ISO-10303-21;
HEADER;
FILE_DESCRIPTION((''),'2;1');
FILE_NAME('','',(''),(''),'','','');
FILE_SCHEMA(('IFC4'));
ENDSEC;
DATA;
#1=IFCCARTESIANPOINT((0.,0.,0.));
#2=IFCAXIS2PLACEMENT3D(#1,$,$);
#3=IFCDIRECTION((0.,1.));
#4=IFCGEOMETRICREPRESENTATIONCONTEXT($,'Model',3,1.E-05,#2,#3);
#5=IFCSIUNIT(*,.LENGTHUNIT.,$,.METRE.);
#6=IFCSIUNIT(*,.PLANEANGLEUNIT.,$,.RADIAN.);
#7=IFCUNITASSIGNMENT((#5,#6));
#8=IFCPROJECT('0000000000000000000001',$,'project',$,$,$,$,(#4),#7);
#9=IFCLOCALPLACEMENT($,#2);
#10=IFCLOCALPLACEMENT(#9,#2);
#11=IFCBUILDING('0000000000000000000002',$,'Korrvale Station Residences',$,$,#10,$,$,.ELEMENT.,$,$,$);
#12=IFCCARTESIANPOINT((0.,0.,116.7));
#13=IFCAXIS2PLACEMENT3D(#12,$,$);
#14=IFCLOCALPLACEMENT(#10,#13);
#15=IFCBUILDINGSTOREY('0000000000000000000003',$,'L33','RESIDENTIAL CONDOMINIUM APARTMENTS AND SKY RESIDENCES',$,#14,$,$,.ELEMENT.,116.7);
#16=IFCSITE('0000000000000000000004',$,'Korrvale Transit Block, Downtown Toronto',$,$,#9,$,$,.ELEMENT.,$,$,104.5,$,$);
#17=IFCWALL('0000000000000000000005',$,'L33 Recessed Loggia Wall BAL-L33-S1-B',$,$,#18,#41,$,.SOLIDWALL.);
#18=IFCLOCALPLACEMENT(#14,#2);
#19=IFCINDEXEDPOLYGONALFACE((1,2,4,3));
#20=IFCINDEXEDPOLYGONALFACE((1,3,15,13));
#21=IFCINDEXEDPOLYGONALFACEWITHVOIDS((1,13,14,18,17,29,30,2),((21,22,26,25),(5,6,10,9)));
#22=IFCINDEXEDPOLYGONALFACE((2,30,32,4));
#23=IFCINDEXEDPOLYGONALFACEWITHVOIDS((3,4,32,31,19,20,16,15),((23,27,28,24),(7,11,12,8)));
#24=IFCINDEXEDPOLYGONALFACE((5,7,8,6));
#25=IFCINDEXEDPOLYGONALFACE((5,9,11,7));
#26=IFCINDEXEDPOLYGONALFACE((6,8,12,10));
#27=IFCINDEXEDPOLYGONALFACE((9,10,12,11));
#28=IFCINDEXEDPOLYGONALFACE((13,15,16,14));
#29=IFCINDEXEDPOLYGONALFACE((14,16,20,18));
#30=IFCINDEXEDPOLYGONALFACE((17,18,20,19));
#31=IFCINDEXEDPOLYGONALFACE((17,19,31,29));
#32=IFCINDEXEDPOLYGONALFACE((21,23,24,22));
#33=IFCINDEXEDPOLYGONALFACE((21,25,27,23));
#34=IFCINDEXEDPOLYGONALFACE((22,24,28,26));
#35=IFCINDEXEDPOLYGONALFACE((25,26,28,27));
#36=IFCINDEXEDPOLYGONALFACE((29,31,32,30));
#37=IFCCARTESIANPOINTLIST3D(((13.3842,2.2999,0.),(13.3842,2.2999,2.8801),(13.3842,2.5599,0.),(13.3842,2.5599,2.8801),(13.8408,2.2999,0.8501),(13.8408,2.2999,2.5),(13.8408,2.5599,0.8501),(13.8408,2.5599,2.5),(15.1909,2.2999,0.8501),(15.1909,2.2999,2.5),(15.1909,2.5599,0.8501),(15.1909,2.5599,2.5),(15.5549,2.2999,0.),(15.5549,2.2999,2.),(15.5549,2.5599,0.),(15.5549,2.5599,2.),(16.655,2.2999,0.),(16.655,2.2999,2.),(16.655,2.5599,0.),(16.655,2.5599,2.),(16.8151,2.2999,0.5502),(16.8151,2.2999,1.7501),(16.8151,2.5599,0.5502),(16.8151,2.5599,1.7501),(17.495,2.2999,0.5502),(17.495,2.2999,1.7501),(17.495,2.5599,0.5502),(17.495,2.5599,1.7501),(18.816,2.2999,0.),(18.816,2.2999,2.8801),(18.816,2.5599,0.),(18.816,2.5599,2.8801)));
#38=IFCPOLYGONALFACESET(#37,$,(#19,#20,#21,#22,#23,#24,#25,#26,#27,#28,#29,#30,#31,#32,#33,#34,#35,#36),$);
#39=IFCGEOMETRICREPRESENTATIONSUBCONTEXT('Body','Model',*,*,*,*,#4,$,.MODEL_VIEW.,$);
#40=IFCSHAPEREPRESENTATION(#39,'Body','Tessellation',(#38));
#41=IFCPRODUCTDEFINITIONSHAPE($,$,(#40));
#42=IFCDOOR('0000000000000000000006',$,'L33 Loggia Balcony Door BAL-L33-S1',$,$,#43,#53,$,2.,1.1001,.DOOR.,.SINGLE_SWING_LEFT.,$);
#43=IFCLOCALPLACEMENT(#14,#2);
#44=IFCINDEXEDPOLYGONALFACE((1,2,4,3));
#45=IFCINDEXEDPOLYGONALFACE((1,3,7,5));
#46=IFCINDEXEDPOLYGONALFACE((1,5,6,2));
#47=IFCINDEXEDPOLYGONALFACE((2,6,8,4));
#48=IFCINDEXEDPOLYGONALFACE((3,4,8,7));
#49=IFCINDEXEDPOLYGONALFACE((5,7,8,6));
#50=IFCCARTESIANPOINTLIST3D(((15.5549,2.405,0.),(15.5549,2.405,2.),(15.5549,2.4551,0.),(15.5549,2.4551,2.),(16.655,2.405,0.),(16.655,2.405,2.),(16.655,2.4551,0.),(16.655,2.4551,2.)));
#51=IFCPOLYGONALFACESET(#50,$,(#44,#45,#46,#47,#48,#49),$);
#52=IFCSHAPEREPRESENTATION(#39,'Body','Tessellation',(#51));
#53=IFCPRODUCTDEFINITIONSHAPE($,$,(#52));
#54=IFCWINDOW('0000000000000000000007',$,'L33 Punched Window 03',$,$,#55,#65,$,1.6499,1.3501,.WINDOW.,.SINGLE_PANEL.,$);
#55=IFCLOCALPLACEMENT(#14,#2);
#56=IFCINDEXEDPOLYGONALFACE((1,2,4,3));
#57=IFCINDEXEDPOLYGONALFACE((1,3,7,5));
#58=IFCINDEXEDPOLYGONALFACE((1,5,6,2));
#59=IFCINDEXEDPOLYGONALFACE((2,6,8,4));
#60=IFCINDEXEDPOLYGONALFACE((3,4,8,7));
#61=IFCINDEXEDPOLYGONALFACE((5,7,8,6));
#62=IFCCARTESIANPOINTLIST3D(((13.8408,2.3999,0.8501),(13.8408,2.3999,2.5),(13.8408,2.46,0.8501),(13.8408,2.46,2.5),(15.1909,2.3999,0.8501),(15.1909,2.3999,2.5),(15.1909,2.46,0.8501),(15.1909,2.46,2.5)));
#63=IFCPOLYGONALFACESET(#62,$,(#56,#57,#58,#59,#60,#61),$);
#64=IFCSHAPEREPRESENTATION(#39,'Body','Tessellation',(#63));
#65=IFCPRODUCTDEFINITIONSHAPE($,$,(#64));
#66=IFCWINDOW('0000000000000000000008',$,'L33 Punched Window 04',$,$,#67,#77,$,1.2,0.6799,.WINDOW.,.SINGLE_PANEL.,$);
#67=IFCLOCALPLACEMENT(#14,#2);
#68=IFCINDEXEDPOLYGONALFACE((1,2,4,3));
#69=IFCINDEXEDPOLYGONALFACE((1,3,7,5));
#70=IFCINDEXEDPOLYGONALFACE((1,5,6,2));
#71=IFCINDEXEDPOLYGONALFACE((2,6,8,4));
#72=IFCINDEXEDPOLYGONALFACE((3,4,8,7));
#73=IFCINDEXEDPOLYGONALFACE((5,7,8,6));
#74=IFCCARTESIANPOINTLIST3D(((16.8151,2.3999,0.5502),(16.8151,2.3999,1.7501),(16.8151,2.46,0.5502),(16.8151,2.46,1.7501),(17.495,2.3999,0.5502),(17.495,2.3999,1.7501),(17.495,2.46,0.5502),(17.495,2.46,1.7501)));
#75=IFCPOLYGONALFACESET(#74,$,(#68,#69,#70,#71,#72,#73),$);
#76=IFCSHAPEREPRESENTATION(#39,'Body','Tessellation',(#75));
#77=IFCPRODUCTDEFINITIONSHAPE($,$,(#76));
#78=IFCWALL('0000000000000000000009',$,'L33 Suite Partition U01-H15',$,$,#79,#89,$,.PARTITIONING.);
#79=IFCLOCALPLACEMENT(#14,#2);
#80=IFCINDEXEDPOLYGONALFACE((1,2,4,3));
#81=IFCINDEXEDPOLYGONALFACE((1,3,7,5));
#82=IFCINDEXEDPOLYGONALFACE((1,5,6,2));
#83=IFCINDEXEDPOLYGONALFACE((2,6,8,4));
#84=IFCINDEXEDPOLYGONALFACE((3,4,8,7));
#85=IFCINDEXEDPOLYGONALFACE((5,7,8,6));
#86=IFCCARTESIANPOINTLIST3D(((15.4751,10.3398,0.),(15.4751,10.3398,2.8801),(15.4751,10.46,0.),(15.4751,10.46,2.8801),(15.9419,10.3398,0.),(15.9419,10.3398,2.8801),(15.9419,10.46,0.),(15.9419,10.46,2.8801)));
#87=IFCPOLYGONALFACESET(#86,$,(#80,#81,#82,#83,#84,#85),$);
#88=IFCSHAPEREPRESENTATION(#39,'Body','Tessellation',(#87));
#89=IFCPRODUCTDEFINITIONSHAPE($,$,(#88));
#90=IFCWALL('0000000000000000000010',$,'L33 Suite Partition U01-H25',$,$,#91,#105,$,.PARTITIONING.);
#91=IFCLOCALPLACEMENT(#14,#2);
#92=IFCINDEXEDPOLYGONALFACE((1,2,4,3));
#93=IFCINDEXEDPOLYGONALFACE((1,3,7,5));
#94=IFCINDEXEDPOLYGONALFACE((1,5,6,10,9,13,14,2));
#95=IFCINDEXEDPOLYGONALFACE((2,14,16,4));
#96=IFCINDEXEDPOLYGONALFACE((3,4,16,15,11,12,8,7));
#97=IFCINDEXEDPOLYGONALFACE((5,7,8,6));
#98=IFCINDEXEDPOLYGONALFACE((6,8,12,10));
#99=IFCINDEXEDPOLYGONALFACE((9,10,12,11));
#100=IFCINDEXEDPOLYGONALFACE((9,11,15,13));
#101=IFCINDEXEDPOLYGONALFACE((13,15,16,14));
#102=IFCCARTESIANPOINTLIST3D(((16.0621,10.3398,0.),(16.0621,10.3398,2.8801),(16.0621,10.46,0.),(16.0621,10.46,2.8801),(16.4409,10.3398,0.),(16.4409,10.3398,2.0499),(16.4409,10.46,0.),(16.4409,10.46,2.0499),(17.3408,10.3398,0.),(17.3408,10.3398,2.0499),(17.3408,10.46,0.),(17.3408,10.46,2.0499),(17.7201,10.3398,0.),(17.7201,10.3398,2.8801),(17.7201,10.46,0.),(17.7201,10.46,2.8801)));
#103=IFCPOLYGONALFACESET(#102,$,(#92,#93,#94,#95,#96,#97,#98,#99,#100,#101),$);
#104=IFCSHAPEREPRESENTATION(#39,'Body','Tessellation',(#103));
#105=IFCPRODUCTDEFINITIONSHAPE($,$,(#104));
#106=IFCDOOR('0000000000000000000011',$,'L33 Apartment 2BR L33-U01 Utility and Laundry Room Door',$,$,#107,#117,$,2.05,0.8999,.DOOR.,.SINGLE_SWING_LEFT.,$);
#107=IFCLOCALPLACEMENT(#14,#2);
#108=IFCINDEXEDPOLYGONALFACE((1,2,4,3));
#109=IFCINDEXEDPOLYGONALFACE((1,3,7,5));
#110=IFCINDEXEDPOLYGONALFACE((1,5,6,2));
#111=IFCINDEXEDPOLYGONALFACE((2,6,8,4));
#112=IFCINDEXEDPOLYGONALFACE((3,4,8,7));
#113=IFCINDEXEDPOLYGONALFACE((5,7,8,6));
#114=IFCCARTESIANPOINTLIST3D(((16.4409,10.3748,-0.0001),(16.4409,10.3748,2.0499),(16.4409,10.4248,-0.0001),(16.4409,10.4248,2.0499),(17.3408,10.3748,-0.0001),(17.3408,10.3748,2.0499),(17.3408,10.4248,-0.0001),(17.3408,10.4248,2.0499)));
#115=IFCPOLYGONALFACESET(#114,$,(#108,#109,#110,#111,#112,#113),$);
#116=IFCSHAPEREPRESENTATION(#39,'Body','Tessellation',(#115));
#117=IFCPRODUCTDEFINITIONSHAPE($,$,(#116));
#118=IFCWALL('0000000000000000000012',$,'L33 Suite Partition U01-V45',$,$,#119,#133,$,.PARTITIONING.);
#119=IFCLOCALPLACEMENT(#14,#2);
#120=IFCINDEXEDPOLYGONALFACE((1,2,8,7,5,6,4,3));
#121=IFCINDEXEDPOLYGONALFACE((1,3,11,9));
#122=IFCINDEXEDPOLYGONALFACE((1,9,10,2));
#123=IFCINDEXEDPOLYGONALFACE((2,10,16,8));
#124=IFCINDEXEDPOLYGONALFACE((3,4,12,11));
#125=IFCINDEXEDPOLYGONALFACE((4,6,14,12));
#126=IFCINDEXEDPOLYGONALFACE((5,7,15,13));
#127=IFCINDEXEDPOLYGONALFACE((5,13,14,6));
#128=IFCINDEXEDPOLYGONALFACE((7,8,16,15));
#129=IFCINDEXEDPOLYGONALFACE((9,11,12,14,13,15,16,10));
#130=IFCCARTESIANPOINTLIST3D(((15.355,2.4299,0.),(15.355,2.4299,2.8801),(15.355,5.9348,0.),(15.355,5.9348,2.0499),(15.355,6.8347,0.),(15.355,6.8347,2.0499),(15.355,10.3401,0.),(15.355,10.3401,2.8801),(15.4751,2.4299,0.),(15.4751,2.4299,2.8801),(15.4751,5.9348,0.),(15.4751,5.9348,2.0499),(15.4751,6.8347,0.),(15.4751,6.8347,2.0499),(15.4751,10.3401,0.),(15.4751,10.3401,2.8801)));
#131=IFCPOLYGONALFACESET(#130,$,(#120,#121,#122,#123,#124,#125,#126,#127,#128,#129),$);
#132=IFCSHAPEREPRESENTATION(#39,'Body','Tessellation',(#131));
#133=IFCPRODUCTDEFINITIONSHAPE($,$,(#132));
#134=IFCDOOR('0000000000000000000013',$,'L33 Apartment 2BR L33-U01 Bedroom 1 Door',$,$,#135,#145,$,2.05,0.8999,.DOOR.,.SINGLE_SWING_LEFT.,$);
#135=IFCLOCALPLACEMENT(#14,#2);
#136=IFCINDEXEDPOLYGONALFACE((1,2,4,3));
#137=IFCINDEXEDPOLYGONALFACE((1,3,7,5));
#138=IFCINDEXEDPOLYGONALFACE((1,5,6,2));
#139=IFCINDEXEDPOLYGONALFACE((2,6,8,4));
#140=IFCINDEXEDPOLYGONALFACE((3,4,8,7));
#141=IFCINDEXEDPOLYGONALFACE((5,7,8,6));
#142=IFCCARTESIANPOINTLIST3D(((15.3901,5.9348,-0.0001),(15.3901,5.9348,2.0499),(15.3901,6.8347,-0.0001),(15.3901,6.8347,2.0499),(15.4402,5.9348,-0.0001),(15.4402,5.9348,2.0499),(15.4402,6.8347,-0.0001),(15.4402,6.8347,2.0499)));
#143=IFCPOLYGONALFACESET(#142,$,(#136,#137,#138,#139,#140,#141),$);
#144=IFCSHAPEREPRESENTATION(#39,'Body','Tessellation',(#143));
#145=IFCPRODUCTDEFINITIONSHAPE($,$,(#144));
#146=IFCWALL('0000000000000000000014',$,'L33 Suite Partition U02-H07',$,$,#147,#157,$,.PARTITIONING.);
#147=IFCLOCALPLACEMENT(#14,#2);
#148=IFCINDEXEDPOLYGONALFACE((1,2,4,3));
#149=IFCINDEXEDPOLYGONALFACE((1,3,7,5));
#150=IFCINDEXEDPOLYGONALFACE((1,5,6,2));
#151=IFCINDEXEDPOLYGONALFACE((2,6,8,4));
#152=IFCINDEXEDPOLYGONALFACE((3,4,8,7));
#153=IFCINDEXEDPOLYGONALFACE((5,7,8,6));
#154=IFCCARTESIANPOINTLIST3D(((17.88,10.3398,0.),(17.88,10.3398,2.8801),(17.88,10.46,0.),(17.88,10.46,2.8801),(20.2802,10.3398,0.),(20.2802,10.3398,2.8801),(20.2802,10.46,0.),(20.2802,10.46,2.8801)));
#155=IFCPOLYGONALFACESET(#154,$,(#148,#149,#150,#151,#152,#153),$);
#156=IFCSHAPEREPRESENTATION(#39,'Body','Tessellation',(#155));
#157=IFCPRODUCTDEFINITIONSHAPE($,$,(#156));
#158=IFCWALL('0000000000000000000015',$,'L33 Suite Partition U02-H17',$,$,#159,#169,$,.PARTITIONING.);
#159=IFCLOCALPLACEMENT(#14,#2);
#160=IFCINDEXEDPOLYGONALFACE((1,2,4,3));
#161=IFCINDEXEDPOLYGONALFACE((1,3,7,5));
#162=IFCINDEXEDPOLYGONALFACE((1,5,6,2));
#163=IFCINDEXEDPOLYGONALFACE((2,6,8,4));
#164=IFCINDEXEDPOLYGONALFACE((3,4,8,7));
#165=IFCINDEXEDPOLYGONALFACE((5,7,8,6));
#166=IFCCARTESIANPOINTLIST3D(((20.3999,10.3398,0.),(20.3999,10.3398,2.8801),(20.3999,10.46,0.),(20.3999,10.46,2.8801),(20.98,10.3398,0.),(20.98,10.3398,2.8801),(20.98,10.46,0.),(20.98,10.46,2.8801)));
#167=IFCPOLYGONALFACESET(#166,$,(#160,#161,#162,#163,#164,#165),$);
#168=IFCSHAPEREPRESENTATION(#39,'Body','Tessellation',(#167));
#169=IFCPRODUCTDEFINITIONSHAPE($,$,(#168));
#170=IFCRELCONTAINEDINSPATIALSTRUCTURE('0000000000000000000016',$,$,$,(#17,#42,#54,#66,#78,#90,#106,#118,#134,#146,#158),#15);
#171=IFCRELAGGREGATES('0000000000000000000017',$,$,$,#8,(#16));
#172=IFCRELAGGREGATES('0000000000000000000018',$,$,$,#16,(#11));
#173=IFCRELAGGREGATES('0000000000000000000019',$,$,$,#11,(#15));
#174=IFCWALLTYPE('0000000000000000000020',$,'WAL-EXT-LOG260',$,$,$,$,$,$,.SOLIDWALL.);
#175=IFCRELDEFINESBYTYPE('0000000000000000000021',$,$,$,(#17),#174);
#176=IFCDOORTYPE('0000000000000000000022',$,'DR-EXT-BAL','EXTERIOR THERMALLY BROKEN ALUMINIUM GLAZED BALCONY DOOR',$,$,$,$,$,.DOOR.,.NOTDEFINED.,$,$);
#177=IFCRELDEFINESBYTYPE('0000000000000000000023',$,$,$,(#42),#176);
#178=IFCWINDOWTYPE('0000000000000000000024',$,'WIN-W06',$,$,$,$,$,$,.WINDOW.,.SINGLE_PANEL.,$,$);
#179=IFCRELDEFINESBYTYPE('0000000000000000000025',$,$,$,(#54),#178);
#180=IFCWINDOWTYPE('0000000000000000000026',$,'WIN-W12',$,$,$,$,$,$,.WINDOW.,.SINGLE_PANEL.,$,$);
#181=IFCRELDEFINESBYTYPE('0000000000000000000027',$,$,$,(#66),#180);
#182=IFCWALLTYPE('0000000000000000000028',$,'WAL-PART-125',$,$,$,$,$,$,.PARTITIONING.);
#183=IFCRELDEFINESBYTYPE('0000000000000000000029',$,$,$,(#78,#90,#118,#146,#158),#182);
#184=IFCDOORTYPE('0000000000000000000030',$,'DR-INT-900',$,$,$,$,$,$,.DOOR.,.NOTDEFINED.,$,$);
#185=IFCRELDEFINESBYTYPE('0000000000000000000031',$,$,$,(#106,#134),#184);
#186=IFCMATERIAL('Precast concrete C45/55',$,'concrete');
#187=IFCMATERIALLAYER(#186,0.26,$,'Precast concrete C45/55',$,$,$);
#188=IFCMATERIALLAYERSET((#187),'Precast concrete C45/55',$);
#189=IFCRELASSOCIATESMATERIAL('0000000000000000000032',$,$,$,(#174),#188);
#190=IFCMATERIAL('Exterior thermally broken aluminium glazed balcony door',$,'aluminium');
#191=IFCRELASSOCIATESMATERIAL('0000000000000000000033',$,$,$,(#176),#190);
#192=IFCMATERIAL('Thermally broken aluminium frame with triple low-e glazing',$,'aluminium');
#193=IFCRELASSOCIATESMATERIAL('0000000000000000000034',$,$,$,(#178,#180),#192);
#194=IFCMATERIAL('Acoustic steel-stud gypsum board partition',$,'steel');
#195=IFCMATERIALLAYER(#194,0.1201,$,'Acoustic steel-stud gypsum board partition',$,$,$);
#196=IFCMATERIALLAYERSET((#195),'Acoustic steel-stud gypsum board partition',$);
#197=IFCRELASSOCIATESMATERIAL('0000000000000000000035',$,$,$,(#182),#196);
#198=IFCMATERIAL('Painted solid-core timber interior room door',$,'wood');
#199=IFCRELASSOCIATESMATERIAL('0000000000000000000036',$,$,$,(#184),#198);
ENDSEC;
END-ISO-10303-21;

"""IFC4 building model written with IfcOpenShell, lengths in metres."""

from ifc_helpers import new_model, si_unit, direction, frame, frame_2d, origin, place, context, subcontext, project, spatial, rectangle, extrude, material, layer, layer_set, type_object, element, fill, save


model = new_model("IFC4")

# Units and contexts
model_context = context("Model", 3, precision=1e-05, world=origin(), true_north=direction((0.0, 1.0)))
body_context = subcontext(model_context, "Body", "Model", "MODEL_VIEW")
ifc_project = project(units=[si_unit("LENGTHUNIT", "METRE"), si_unit("PLANEANGLEUNIT", "RADIAN")], contexts=[model_context])

# Site, building, storey
site_placement = place(None, origin())
site = spatial("IfcSite", under=ifc_project, at=site_placement, Name="Korrvale Transit Block, Downtown Toronto", CompositionType="ELEMENT", RefElevation=104.5)
building_placement = place(site_placement, origin())
building = spatial("IfcBuilding", under=site, at=building_placement, Name="Korrvale Station Residences", CompositionType="ELEMENT")
storey_placement = place(building_placement, frame((0.0, 0.0, 116.7)))
storey = spatial("IfcBuildingStorey", under=building, at=storey_placement, Name="L33", Description="RESIDENTIAL CONDOMINIUM APARTMENTS AND SKY RESIDENCES", CompositionType="ELEMENT", Elevation=116.7)

# Shared definitions
ifc_material_1 = material(Name="Precast concrete C45/55", Category="concrete")
ifc_layer_1 = layer(ifc_material_1, 0.26, Name="Precast concrete C45/55")
ifc_layer_set_1 = layer_set([ifc_layer_1], Name="Precast concrete C45/55")
wall_type_1 = type_object("IfcWallType", Name="WAL-EXT-LOG260", PredefinedType="SOLIDWALL", material=ifc_layer_set_1)

# Wall, openings, door, windows
wall_1_placement = place(storey_placement, frame((18.8159, 2.4299, 0.0), z_axis=(0.0, 0.0, 1.0), x_axis=(-1.0, 0.0, 0.0)))
wall_1 = element("IfcWall", 1, at=wall_1_placement, inside=storey, type_object=wall_type_1, Name="L33 Recessed Loggia Wall BAL-L33-S1-B", PredefinedType="SOLIDWALL", context=body_context, shape_type="SweptSolid", body=[
    extrude(rectangle(XDim=5.4319, YDim=0.26, at=frame_2d((2.7158, 0.0))), origin(), (0.0, 0.0, 1.0), 2.8801),
])
opening_1_placement = place(wall_1_placement, frame((2.1609, 0.0, 0.0)))
opening_1 = element("IfcOpeningElement", 2, at=opening_1_placement, cuts=wall_1, PredefinedType="OPENING", context=body_context, shape_type="SweptSolid", body=[
    extrude(rectangle(XDim=1.1001, YDim=2.0, at=frame_2d((0.55, 1.0))), frame((0.0, 0.1401, 0.0), z_axis=(0.0, -1.0, 0.0), x_axis=(1.0, 0.0, 0.0)), (0.0, 0.0, 1.0), 0.28),
])
opening_2_placement = place(wall_1_placement, frame((3.625, 0.0, 0.8501)))
opening_2 = element("IfcOpeningElement", 3, at=opening_2_placement, cuts=wall_1, PredefinedType="OPENING", context=body_context, shape_type="SweptSolid", body=[
    extrude(rectangle(XDim=1.3501, YDim=1.6499, at=frame_2d((0.675, 0.825))), frame((0.0, 0.1401, 0.0), z_axis=(0.0, -1.0, 0.0), x_axis=(1.0, 0.0, 0.0)), (0.0, 0.0, 1.0), 0.28),
])
opening_3_placement = place(wall_1_placement, frame((1.321, 0.0, 0.55)))
opening_3 = element("IfcOpeningElement", 4, at=opening_3_placement, cuts=wall_1, PredefinedType="OPENING", context=body_context, shape_type="SweptSolid", body=[
    extrude(rectangle(XDim=0.6799, YDim=1.2, at=frame_2d((0.3398, 0.6001))), frame((0.0, 0.1401, 0.0), z_axis=(0.0, -1.0, 0.0), x_axis=(1.0, 0.0, 0.0)), (0.0, 0.0, 1.0), 0.28),
])
ifc_material_2 = material(Name="Exterior thermally broken aluminium glazed balcony door", Category="aluminium")
door_type_1 = type_object("IfcDoorType", Name="DR-EXT-BAL", Description="EXTERIOR THERMALLY BROKEN ALUMINIUM GLAZED BALCONY DOOR", OperationType="NOTDEFINED", PredefinedType="DOOR", material=ifc_material_2)
door_1_placement = place(opening_1_placement, origin())
door_1 = element("IfcDoor", 5, at=door_1_placement, inside=storey, type_object=door_type_1, Name="L33 Loggia Balcony Door BAL-L33-S1", OperationType="SINGLE_SWING_LEFT", OverallHeight=2.0, OverallWidth=1.1001, PredefinedType="DOOR", context=body_context, shape_type="SweptSolid", body=[
    extrude(rectangle(XDim=1.1001, YDim=2.0, at=frame_2d((0.55, 1.0))), frame((0.0, 0.0249, 0.0), z_axis=(0.0, -1.0, 0.0), x_axis=(1.0, 0.0, 0.0)), (0.0, 0.0, 1.0), 0.05),
])
fill(opening_1, door_1)
ifc_material_3 = material(Name="Thermally broken aluminium frame with triple low-e glazing", Category="aluminium")
window_type_1 = type_object("IfcWindowType", Name="WIN-W06", PartitioningType="SINGLE_PANEL", PredefinedType="WINDOW", material=ifc_material_3)
window_1_placement = place(opening_2_placement, origin())
window_1 = element("IfcWindow", 6, at=window_1_placement, inside=storey, type_object=window_type_1, Name="L33 Punched Window 03", OverallHeight=1.6499, OverallWidth=1.3501, PartitioningType="SINGLE_PANEL", PredefinedType="WINDOW", context=body_context, shape_type="SweptSolid", body=[
    extrude(rectangle(XDim=1.3501, YDim=1.6499, at=frame_2d((0.675, 0.825))), frame((0.0, 0.03, 0.0), z_axis=(0.0, -1.0, 0.0), x_axis=(1.0, 0.0, 0.0)), (0.0, 0.0, 1.0), 0.0601),
])
fill(opening_2, window_1)
window_type_2 = type_object("IfcWindowType", Name="WIN-W12", PartitioningType="SINGLE_PANEL", PredefinedType="WINDOW", material=ifc_material_3)
window_2_placement = place(opening_3_placement, origin())
window_2 = element("IfcWindow", 7, at=window_2_placement, inside=storey, type_object=window_type_2, Name="L33 Punched Window 04", OverallHeight=1.2, OverallWidth=0.6799, PartitioningType="SINGLE_PANEL", PredefinedType="WINDOW", context=body_context, shape_type="SweptSolid", body=[
    extrude(rectangle(XDim=0.6799, YDim=1.2, at=frame_2d((0.3398, 0.6001))), frame((0.0, 0.03, 0.0), z_axis=(0.0, -1.0, 0.0), x_axis=(1.0, 0.0, 0.0)), (0.0, 0.0, 1.0), 0.0601),
])
fill(opening_3, window_2)

# Wall
ifc_material_4 = material(Name="Acoustic steel-stud gypsum board partition", Category="steel")
ifc_layer_2 = layer(ifc_material_4, 0.1201, Name="Acoustic steel-stud gypsum board partition")
ifc_layer_set_2 = layer_set([ifc_layer_2], Name="Acoustic steel-stud gypsum board partition")
wall_type_2 = type_object("IfcWallType", Name="WAL-PART-125", PredefinedType="PARTITIONING", material=ifc_layer_set_2)
wall_2_placement = place(storey_placement, frame((15.4751, 10.3999, 0.0), z_axis=(0.0, 0.0, 1.0), x_axis=(1.0, 0.0, 0.0)))
element("IfcWall", 8, at=wall_2_placement, inside=storey, type_object=wall_type_2, Name="L33 Suite Partition U01-H15", PredefinedType="PARTITIONING", context=body_context, shape_type="SweptSolid", body=[
    extrude(rectangle(XDim=0.4668, YDim=0.1201, at=frame_2d((0.2334, 0.0))), origin(), (0.0, 0.0, 1.0), 2.8801),
])

# Walls, openings, doors
wall_3_placement = place(storey_placement, frame((16.062, 10.3999, 0.0), z_axis=(0.0, 0.0, 1.0), x_axis=(1.0, 0.0, 0.0)))
wall_3 = element("IfcWall", 9, at=wall_3_placement, inside=storey, type_object=wall_type_2, Name="L33 Suite Partition U01-H25", PredefinedType="PARTITIONING", context=body_context, shape_type="SweptSolid", body=[
    extrude(rectangle(XDim=1.658, YDim=0.1201, at=frame_2d((0.8291, 0.0))), origin(), (0.0, 0.0, 1.0), 2.8801),
])
opening_4_placement = place(wall_3_placement, frame((0.3789, 0.0, 0.0)))
opening_4 = element("IfcOpeningElement", 10, at=opening_4_placement, cuts=wall_3, PredefinedType="OPENING", context=body_context, shape_type="SweptSolid", body=[
    extrude(rectangle(XDim=0.8999, YDim=2.05, at=frame_2d((0.45, 1.0249))), frame((0.0, 0.0701, 0.0), z_axis=(0.0, -1.0, 0.0), x_axis=(1.0, 0.0, 0.0)), (0.0, 0.0, 1.0), 0.1401),
])
ifc_material_5 = material(Name="Painted solid-core timber interior room door", Category="wood")
door_type_2 = type_object("IfcDoorType", Name="DR-INT-900", OperationType="NOTDEFINED", PredefinedType="DOOR", material=ifc_material_5)
door_2_placement = place(opening_4_placement, origin())
door_2 = element("IfcDoor", 11, at=door_2_placement, inside=storey, type_object=door_type_2, Name="L33 Apartment 2BR L33-U01 Utility and Laundry Room Door", OperationType="SINGLE_SWING_LEFT", OverallHeight=2.05, OverallWidth=0.8999, PredefinedType="DOOR", context=body_context, shape_type="SweptSolid", body=[
    extrude(rectangle(XDim=0.8999, YDim=2.05, at=frame_2d((0.45, 1.0249))), frame((0.0, 0.0249, 0.0), z_axis=(0.0, -1.0, 0.0), x_axis=(1.0, 0.0, 0.0)), (0.0, 0.0, 1.0), 0.05),
])
fill(opening_4, door_2)
wall_4_placement = place(storey_placement, frame((15.415, 2.4299, 0.0), z_axis=(0.0, 0.0, 1.0), x_axis=(0.0, 1.0, 0.0)))
wall_4 = element("IfcWall", 12, at=wall_4_placement, inside=storey, type_object=wall_type_2, Name="L33 Suite Partition U01-V45", PredefinedType="PARTITIONING", context=body_context, shape_type="SweptSolid", body=[
    extrude(rectangle(XDim=7.9102, YDim=0.1201, at=frame_2d((3.9551, 0.0))), origin(), (0.0, 0.0, 1.0), 2.8801),
])
opening_5_placement = place(wall_4_placement, frame((3.5049, 0.0, 0.0)))
opening_5 = element("IfcOpeningElement", 13, at=opening_5_placement, cuts=wall_4, PredefinedType="OPENING", context=body_context, shape_type="SweptSolid", body=[
    extrude(rectangle(XDim=0.8999, YDim=2.05, at=frame_2d((0.45, 1.0249))), frame((0.0, 0.0701, 0.0), z_axis=(0.0, -1.0, 0.0), x_axis=(1.0, 0.0, 0.0)), (0.0, 0.0, 1.0), 0.1401),
])
door_3_placement = place(opening_5_placement, origin())
door_3 = element("IfcDoor", 14, at=door_3_placement, inside=storey, type_object=door_type_2, Name="L33 Apartment 2BR L33-U01 Bedroom 1 Door", OperationType="SINGLE_SWING_LEFT", OverallHeight=2.05, OverallWidth=0.8999, PredefinedType="DOOR", context=body_context, shape_type="SweptSolid", body=[
    extrude(rectangle(XDim=0.8999, YDim=2.05, at=frame_2d((0.45, 1.0249))), frame((0.0, 0.0249, 0.0), z_axis=(0.0, -1.0, 0.0), x_axis=(1.0, 0.0, 0.0)), (0.0, 0.0, 1.0), 0.05),
])
fill(opening_5, door_3)

# Walls
wall_5_placement = place(storey_placement, frame((17.8799, 10.3999, 0.0), z_axis=(0.0, 0.0, 1.0), x_axis=(1.0, 0.0, 0.0)))
element("IfcWall", 15, at=wall_5_placement, inside=storey, type_object=wall_type_2, Name="L33 Suite Partition U02-H07", PredefinedType="PARTITIONING", context=body_context, shape_type="SweptSolid", body=[
    extrude(rectangle(XDim=2.4001, YDim=0.1201, at=frame_2d((1.2002, 0.0))), origin(), (0.0, 0.0, 1.0), 2.8801),
])
wall_6_placement = place(storey_placement, frame((20.3999, 10.3999, 0.0), z_axis=(0.0, 0.0, 1.0), x_axis=(1.0, 0.0, 0.0)))
element("IfcWall", 16, at=wall_6_placement, inside=storey, type_object=wall_type_2, Name="L33 Suite Partition U02-H17", PredefinedType="PARTITIONING", context=body_context, shape_type="SweptSolid", body=[
    extrude(rectangle(XDim=0.5801, YDim=0.1201, at=frame_2d((0.29, 0.0))), origin(), (0.0, 0.0, 1.0), 2.8801),
])

save(model, "model.ifc")
